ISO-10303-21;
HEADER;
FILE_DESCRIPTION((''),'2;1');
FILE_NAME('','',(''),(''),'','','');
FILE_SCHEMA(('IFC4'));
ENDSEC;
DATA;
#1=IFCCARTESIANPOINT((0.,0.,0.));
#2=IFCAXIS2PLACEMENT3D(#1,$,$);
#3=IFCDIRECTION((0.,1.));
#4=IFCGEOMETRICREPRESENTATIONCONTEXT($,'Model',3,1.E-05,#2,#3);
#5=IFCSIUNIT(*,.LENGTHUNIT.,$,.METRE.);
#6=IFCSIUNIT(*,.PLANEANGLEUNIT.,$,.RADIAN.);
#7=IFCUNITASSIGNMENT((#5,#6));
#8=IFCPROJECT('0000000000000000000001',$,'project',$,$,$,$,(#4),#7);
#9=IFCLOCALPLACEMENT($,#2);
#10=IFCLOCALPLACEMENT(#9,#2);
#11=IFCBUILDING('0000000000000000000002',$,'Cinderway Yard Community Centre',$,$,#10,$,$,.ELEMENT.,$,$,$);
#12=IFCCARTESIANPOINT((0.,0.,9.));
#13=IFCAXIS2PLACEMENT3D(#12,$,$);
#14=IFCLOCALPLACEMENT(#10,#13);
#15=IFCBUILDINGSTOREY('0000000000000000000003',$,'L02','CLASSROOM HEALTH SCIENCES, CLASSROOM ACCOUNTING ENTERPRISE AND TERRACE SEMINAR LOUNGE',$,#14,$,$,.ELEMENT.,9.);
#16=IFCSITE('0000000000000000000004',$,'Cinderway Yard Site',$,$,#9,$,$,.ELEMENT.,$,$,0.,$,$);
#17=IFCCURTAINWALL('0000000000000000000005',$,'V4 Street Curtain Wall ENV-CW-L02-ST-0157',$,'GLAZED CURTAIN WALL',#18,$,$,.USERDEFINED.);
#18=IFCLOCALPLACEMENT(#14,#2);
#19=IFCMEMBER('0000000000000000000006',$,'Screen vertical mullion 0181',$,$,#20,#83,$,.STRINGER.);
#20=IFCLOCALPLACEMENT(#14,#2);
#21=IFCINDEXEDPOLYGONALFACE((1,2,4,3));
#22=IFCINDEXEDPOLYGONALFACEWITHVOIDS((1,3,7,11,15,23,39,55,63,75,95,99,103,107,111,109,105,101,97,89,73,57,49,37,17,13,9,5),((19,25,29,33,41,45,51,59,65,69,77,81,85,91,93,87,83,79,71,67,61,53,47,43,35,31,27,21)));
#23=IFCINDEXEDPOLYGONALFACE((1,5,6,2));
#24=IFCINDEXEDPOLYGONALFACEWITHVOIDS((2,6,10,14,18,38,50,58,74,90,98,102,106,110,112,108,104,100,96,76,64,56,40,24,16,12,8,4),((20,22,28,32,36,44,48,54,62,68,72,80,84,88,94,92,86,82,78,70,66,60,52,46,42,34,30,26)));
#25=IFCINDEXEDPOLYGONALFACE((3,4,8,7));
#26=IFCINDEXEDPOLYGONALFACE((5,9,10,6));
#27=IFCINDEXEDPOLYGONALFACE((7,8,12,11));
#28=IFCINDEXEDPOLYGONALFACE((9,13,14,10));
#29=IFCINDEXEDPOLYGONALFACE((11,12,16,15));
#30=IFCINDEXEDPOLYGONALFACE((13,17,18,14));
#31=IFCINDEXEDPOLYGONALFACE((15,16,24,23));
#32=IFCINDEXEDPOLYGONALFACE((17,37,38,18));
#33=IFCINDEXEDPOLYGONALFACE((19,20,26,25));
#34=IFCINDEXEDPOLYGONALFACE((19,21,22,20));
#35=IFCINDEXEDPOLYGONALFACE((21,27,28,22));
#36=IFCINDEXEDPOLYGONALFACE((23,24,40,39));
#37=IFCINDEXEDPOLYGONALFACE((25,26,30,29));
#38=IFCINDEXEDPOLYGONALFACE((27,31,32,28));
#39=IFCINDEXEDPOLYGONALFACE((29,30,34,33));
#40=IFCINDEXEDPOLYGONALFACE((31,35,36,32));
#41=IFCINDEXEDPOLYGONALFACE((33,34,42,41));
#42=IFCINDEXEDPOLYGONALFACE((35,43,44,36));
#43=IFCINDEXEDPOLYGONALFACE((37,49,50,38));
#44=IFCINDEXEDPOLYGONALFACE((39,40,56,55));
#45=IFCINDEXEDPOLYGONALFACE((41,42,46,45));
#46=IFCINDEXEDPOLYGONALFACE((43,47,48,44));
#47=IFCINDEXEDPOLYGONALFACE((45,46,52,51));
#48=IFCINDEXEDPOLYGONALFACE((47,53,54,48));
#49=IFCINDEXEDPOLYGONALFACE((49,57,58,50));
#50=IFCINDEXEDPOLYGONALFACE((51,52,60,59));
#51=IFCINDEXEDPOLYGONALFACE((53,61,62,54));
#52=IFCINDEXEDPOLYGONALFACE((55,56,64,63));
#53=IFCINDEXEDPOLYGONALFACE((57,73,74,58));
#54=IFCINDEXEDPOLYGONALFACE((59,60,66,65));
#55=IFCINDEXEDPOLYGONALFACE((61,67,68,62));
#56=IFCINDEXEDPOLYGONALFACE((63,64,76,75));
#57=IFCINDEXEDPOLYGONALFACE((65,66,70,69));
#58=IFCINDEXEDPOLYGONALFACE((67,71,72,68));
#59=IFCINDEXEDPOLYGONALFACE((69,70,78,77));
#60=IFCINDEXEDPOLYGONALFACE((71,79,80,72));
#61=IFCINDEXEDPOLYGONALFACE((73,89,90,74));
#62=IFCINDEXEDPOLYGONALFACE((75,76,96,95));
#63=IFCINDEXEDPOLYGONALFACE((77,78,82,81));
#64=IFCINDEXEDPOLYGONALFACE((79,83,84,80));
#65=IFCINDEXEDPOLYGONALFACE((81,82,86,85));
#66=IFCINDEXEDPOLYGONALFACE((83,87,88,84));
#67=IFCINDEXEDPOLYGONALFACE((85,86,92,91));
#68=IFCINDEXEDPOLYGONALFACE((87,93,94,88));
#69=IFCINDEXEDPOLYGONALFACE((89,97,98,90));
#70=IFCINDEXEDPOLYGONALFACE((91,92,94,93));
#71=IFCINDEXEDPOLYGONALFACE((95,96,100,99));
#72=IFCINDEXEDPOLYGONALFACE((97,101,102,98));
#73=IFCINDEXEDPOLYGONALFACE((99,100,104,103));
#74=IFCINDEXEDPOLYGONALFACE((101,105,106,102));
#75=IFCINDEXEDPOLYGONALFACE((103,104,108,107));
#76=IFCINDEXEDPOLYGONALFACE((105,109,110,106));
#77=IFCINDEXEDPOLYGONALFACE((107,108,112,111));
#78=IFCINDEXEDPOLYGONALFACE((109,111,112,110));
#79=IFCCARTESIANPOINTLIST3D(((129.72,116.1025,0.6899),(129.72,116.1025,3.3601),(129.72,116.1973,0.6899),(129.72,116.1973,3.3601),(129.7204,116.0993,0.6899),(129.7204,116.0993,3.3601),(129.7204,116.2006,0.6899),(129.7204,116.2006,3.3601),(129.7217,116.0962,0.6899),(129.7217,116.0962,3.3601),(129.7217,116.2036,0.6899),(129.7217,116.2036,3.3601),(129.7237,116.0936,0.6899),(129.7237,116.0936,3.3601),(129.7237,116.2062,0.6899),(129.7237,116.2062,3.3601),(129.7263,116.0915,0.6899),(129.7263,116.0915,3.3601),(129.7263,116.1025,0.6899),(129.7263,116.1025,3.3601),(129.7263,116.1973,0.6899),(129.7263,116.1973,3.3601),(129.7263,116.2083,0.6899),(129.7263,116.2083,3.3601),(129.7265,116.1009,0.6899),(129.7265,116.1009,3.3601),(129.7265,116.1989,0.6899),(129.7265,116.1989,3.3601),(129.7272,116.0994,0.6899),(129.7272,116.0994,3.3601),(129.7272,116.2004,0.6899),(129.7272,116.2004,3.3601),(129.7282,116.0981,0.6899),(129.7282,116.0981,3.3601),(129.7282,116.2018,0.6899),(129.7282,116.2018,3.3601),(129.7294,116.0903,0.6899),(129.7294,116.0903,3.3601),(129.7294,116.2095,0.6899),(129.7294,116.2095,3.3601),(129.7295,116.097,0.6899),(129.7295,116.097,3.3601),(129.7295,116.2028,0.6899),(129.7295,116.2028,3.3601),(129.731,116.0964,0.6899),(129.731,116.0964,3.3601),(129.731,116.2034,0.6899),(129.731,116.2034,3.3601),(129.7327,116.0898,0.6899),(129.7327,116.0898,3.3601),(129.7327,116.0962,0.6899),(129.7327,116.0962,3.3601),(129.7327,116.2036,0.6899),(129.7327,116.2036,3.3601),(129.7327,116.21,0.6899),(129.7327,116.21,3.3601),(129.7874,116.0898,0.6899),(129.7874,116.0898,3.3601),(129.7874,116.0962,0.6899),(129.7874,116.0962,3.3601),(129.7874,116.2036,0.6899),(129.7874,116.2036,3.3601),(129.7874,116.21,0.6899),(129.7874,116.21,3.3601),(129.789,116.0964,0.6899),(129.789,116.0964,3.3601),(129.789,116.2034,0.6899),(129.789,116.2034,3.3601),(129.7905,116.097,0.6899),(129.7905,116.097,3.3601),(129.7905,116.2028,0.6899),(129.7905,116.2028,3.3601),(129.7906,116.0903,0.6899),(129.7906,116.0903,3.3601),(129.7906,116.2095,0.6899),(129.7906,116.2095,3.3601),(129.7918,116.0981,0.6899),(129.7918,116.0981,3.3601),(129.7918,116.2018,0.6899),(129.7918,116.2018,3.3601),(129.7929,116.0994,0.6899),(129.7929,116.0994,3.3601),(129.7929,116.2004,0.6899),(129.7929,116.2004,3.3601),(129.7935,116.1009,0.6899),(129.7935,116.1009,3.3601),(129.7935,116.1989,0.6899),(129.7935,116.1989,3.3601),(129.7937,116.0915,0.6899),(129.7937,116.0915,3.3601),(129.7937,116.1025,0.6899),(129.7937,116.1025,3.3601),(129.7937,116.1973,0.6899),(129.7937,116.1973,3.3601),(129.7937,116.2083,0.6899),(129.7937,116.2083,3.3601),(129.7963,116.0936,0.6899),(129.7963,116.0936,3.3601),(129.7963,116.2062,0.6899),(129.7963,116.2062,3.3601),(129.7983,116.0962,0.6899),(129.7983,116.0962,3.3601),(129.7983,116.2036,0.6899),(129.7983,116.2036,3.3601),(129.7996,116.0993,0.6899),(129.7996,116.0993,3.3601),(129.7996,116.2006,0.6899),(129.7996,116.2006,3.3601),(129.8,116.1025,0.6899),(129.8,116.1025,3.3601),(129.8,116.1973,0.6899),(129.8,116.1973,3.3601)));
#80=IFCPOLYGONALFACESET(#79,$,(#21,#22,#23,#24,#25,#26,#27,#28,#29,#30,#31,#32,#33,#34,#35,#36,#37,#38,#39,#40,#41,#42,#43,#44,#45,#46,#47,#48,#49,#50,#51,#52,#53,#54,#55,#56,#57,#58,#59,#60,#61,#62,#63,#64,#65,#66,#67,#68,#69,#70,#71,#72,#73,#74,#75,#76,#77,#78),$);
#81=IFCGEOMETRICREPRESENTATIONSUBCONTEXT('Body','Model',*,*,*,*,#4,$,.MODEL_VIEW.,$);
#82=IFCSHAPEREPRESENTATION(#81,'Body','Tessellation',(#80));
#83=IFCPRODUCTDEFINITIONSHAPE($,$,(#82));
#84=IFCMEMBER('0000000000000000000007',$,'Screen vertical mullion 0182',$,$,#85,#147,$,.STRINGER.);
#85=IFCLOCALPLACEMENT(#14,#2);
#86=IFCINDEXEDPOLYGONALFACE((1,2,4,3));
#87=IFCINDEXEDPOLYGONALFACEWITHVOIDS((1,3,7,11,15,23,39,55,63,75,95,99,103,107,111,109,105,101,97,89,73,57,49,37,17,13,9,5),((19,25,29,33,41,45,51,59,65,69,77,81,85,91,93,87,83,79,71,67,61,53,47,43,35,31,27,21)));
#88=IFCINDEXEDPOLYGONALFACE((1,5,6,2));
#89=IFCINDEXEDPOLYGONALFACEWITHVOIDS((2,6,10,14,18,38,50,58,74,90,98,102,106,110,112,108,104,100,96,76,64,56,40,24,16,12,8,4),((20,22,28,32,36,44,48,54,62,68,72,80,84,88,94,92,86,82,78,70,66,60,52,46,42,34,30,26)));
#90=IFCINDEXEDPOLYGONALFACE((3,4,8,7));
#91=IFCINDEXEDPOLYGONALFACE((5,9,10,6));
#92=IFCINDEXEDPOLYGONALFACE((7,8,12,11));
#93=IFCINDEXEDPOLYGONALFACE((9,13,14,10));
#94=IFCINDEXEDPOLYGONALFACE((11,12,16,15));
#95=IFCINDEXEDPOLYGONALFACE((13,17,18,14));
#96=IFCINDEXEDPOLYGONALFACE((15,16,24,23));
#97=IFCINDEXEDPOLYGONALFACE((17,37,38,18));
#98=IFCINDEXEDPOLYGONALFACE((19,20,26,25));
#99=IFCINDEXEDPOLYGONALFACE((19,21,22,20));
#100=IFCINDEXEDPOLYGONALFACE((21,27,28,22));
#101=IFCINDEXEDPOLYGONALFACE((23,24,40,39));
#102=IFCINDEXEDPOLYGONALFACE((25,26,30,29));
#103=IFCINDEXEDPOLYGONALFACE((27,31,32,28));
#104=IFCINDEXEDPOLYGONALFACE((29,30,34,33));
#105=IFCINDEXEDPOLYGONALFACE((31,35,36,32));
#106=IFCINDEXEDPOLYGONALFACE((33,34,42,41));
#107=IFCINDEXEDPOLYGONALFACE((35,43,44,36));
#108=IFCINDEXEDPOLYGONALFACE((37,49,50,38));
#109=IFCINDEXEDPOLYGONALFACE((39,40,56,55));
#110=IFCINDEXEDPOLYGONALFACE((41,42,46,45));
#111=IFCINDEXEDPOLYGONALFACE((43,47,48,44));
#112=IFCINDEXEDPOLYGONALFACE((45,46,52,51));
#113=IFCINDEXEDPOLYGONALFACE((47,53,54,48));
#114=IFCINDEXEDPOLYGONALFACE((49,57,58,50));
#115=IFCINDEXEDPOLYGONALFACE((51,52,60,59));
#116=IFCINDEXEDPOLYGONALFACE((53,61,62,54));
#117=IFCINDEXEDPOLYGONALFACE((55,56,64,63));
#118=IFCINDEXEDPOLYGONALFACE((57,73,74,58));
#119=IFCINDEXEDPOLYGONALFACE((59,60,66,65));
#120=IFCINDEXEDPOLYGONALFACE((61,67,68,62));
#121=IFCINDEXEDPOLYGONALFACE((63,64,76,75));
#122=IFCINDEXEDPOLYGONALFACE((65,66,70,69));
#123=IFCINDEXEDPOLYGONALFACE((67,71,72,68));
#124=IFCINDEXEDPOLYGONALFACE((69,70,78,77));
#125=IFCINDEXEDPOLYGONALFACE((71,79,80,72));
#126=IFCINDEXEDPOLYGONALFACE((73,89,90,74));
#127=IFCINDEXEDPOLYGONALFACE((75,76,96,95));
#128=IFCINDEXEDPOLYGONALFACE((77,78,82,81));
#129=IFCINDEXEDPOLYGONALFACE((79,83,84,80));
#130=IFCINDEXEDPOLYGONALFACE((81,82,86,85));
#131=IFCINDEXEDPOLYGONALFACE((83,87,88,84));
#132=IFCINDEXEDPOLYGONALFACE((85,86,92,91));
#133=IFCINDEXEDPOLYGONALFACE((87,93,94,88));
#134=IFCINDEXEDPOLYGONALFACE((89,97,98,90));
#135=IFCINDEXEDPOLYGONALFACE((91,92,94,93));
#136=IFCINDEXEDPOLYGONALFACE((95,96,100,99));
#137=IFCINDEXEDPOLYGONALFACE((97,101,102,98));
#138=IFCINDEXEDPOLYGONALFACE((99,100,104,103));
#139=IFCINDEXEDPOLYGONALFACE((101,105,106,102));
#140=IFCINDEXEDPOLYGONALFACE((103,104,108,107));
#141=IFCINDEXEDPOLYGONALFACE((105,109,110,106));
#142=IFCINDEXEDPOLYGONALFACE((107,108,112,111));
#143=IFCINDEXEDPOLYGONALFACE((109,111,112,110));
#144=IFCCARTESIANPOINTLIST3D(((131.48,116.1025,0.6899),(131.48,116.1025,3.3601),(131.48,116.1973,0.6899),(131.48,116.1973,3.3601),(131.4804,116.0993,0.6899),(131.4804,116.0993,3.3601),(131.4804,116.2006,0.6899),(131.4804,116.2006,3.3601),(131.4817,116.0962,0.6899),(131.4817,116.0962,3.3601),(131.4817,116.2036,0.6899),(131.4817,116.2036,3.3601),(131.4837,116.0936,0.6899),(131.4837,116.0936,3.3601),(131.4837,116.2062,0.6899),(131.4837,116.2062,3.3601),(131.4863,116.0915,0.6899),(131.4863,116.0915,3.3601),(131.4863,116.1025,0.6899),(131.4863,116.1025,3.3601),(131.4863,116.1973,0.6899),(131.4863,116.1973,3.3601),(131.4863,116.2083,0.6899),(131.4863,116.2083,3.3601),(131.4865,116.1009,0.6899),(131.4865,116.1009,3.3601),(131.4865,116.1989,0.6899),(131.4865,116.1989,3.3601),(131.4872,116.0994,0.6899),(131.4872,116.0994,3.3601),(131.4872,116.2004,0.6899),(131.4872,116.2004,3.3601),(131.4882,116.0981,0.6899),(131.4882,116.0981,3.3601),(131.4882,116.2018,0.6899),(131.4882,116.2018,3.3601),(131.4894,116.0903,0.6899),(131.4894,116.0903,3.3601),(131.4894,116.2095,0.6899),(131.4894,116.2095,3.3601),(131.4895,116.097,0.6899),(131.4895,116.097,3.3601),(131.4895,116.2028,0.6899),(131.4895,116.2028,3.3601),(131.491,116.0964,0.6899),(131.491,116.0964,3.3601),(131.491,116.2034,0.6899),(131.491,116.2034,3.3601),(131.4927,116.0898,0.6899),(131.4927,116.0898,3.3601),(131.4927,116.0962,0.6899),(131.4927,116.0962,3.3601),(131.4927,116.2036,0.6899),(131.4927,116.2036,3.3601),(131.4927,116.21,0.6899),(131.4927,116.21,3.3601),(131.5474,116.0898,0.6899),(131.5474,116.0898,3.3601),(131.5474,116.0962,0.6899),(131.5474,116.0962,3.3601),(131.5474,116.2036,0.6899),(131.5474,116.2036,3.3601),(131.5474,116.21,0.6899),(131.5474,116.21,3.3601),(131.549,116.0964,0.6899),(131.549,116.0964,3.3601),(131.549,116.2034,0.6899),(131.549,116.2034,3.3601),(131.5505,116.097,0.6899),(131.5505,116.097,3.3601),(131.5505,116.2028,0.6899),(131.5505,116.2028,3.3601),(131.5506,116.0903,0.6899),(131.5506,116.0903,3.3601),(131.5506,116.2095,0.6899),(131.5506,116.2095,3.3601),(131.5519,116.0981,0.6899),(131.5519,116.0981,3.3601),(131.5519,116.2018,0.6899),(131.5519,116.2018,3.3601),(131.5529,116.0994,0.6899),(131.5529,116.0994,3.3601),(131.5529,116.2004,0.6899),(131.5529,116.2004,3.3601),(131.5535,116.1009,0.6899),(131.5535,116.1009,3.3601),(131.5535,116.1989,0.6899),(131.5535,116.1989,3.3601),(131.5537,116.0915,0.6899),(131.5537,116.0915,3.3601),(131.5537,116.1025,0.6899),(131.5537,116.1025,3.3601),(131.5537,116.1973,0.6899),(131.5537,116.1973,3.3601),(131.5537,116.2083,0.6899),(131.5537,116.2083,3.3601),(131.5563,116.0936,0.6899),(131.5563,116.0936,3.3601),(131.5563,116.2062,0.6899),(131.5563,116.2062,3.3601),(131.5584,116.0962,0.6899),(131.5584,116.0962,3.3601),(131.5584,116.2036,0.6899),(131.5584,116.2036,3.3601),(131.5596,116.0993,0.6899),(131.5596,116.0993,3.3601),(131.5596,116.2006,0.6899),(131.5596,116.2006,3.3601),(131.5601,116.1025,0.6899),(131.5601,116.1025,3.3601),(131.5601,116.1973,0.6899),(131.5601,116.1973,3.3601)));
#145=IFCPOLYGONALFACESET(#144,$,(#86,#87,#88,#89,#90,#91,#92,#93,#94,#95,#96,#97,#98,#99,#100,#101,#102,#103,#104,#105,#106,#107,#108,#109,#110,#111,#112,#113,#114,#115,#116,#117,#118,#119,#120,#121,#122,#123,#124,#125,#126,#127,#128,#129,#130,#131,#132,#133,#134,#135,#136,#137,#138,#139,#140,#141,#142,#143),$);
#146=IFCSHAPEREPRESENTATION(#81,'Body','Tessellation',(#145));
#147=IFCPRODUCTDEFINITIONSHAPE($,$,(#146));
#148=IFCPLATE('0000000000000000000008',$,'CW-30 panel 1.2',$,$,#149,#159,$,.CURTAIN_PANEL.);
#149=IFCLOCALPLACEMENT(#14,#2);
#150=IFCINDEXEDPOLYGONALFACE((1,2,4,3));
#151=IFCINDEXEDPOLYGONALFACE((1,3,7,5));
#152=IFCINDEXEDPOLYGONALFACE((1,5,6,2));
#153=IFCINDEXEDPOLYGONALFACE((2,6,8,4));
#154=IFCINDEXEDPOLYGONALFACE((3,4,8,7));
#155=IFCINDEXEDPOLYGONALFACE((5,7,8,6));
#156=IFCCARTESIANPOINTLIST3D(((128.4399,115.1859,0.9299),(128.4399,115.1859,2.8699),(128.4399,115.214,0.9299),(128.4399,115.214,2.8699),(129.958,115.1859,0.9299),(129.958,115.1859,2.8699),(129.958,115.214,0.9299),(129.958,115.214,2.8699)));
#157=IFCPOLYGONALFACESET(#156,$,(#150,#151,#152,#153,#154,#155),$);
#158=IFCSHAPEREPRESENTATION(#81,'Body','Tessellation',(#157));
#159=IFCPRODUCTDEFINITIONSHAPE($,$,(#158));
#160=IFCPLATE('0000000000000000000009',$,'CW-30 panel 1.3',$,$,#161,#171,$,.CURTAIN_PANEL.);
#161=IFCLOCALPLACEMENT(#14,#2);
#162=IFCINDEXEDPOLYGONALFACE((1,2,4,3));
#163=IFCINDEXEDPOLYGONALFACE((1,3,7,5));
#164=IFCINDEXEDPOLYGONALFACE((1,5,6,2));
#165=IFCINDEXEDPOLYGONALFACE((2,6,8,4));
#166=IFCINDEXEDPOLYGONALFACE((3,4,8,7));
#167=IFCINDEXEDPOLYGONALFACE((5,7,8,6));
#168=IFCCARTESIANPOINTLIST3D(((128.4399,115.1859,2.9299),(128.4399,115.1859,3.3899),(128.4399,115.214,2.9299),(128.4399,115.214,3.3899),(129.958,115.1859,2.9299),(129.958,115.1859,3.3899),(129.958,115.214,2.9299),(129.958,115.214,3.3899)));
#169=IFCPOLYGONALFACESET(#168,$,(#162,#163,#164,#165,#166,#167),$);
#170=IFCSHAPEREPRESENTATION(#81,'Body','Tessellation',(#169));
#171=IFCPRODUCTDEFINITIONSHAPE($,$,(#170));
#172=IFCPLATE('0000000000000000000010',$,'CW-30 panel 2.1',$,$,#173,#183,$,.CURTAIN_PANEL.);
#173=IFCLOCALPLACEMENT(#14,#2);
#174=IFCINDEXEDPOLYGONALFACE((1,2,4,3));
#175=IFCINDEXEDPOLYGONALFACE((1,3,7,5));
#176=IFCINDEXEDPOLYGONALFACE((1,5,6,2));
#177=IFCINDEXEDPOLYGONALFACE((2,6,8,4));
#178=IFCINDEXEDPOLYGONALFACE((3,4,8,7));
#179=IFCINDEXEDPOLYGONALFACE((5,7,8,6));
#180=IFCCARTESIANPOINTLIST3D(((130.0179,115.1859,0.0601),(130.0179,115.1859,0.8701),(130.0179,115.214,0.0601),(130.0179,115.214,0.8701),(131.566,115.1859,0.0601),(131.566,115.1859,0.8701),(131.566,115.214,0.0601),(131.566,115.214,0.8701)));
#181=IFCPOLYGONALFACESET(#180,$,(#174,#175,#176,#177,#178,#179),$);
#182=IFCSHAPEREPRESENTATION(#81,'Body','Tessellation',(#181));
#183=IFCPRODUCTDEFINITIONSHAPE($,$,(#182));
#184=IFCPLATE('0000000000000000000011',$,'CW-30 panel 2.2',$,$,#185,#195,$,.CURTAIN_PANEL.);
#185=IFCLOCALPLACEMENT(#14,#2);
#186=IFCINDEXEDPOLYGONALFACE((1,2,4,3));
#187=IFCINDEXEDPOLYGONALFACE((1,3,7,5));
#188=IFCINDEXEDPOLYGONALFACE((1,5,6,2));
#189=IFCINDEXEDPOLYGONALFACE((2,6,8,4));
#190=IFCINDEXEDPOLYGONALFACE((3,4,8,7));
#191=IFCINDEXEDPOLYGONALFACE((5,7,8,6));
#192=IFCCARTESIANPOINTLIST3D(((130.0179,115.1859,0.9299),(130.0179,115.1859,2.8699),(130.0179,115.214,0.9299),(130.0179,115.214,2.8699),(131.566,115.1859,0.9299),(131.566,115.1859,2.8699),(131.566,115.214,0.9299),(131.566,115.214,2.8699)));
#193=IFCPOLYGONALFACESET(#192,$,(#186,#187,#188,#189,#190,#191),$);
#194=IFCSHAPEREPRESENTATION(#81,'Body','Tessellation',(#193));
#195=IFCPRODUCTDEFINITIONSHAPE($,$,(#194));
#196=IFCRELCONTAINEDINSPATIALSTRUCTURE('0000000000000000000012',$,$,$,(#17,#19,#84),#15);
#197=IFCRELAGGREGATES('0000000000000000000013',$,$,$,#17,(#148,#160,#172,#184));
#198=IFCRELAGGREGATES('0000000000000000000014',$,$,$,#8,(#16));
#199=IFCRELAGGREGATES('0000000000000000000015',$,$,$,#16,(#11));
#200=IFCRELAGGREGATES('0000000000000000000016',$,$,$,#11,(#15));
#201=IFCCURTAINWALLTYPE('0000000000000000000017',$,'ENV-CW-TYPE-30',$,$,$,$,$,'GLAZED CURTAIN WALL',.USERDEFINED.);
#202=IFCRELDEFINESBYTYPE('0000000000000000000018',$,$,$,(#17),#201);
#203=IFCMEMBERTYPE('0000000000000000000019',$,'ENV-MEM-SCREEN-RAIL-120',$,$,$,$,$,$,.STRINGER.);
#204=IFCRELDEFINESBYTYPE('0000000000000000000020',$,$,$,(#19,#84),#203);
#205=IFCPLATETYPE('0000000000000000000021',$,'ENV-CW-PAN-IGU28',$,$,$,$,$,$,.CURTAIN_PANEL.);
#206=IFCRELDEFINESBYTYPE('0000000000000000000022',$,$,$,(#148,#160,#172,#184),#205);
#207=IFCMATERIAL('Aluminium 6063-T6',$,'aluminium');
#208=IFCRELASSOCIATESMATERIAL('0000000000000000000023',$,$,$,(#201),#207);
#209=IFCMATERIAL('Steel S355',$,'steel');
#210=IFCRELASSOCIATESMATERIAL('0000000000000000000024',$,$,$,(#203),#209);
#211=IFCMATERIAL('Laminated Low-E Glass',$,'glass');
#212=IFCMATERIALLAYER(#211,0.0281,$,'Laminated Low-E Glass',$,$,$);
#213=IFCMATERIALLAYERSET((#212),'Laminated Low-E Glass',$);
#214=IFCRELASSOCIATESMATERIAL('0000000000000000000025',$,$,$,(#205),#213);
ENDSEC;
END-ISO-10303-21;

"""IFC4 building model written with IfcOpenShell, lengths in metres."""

from ifc_helpers import new_model, si_unit, direction, frame, origin, origin_2d, place, context, subcontext, project, spatial, rectangle, hollow_rectangle, extrude, material, layer, layer_set, material_profile, profile_set, type_object, element, aggregate, save


model = new_model("IFC4")

# Units and contexts
model_context = context("Model", 3, precision=1e-05, world=origin(), true_north=direction((0.0, 1.0)))
body_context = subcontext(model_context, "Body", "Model", "MODEL_VIEW")
ifc_project = project(units=[si_unit("LENGTHUNIT", "METRE"), si_unit("PLANEANGLEUNIT", "RADIAN")], contexts=[model_context])

# Site, building, storey
site_placement = place(None, origin())
site = spatial("IfcSite", under=ifc_project, at=site_placement, Name="Cinderway Yard Site", CompositionType="ELEMENT", RefElevation=0.0)
building_placement = place(site_placement, origin())
building = spatial("IfcBuilding", under=site, at=building_placement, Name="Cinderway Yard Community Centre", CompositionType="ELEMENT")
storey_placement = place(building_placement, frame((0.0, 0.0, 9.0)))
storey = spatial("IfcBuildingStorey", under=building, at=storey_placement, Name="L02", Description="CLASSROOM HEALTH SCIENCES, CLASSROOM ACCOUNTING ENTERPRISE AND TERRACE SEMINAR LOUNGE", CompositionType="ELEMENT", Elevation=9.0)

# Curtain wall
ifc_material_1 = material(Name="Aluminium 6063-T6", Category="aluminium")
curtain_wall_type = type_object("IfcCurtainWallType", Name="ENV-CW-TYPE-30", ElementType="GLAZED CURTAIN WALL", PredefinedType="USERDEFINED", material=ifc_material_1)
curtain_wall_placement = place(storey_placement, origin())
curtain_wall = element("IfcCurtainWall", 1, at=curtain_wall_placement, inside=storey, type_object=curtain_wall_type, Name="V4 Street Curtain Wall ENV-CW-L02-ST-0157", ObjectType="GLAZED CURTAIN WALL", PredefinedType="USERDEFINED")

# Members
ifc_material_2 = material(Name="Steel S355", Category="steel")
ifc_material_profile_1 = material_profile(ifc_material_2, hollow_rectangle(XDim=0.0801, YDim=0.1201, WallThickness=0.0063, InnerFilletRadius=0.0063, OuterFilletRadius=0.0127, at=origin_2d()), Name="Steel S355")
ifc_profile_set_1 = profile_set([ifc_material_profile_1], Name="Steel S355")
member_type_1 = type_object("IfcMemberType", Name="ENV-MEM-SCREEN-RAIL-120", PredefinedType="STRINGER", material=ifc_profile_set_1)
for number, where, z_axis, x_axis, name in (
    (2, (129.76, 116.1499, 0.6899), (0.0, 0.0, 1.0), (1.0, 0.0, 0.0), "Screen vertical mullion 0181"),
    (3, (131.52, 116.1499, 0.6899), (0.0, 0.0, 1.0), (1.0, 0.0, 0.0), "Screen vertical mullion 0182"),
):
    element("IfcMember", number, at=place(storey_placement, frame(where, z_axis=z_axis, x_axis=x_axis)), inside=storey, type_object=member_type_1, Name=name, PredefinedType="STRINGER", context=body_context, shape_type="SweptSolid", body=[
        extrude(hollow_rectangle(XDim=0.0801, YDim=0.1201, WallThickness=0.0063, InnerFilletRadius=0.0063, OuterFilletRadius=0.0127, at=origin_2d()), origin(), (0.0, 0.0, 1.0), 2.6702),
    ])

# Plates
ifc_material_3 = material(Name="Laminated Low-E Glass", Category="glass")
ifc_layer_1 = layer(ifc_material_3, 0.0281, Name="Laminated Low-E Glass")
ifc_layer_set_1 = layer_set([ifc_layer_1], Name="Laminated Low-E Glass")
plate_type_1 = type_object("IfcPlateType", Name="ENV-CW-PAN-IGU28", PredefinedType="CURTAIN_PANEL", material=ifc_layer_set_1)
plate_1_placement = place(storey_placement, frame((129.199, 115.2, 0.9299), z_axis=(0.0, 0.0, 1.0), x_axis=(1.0, 0.0, 0.0)))
plate_1 = element("IfcPlate", 4, at=plate_1_placement, type_object=plate_type_1, Name="CW-30 panel 1.2", PredefinedType="CURTAIN_PANEL", context=body_context, shape_type="SweptSolid", body=[
    extrude(rectangle(XDim=1.5181, YDim=0.0281, at=origin_2d()), origin(), (0.0, 0.0, 1.0), 1.9399),
])
plate_2_placement = place(storey_placement, frame((129.199, 115.2, 2.9299), z_axis=(0.0, 0.0, 1.0), x_axis=(1.0, 0.0, 0.0)))
plate_2 = element("IfcPlate", 5, at=plate_2_placement, type_object=plate_type_1, Name="CW-30 panel 1.3", PredefinedType="CURTAIN_PANEL", context=body_context, shape_type="SweptSolid", body=[
    extrude(rectangle(XDim=1.5181, YDim=0.0281, at=origin_2d()), origin(), (0.0, 0.0, 1.0), 0.46),
])
plate_3_placement = place(storey_placement, frame((130.792, 115.2, 0.0601), z_axis=(0.0, 0.0, 1.0), x_axis=(1.0, 0.0, 0.0)))
plate_3 = element("IfcPlate", 6, at=plate_3_placement, type_object=plate_type_1, Name="CW-30 panel 2.1", PredefinedType="CURTAIN_PANEL", context=body_context, shape_type="SweptSolid", body=[
    extrude(rectangle(XDim=1.5481, YDim=0.0281, at=origin_2d()), origin(), (0.0, 0.0, 1.0), 0.8101),
])
plate_4_placement = place(storey_placement, frame((130.792, 115.2, 0.9299), z_axis=(0.0, 0.0, 1.0), x_axis=(1.0, 0.0, 0.0)))
plate_4 = element("IfcPlate", 7, at=plate_4_placement, type_object=plate_type_1, Name="CW-30 panel 2.2", PredefinedType="CURTAIN_PANEL", context=body_context, shape_type="SweptSolid", body=[
    extrude(rectangle(XDim=1.5481, YDim=0.0281, at=origin_2d()), origin(), (0.0, 0.0, 1.0), 1.9399),
])
aggregate(curtain_wall, [plate_1, plate_2, plate_3, plate_4])

save(model, "model.ifc")
